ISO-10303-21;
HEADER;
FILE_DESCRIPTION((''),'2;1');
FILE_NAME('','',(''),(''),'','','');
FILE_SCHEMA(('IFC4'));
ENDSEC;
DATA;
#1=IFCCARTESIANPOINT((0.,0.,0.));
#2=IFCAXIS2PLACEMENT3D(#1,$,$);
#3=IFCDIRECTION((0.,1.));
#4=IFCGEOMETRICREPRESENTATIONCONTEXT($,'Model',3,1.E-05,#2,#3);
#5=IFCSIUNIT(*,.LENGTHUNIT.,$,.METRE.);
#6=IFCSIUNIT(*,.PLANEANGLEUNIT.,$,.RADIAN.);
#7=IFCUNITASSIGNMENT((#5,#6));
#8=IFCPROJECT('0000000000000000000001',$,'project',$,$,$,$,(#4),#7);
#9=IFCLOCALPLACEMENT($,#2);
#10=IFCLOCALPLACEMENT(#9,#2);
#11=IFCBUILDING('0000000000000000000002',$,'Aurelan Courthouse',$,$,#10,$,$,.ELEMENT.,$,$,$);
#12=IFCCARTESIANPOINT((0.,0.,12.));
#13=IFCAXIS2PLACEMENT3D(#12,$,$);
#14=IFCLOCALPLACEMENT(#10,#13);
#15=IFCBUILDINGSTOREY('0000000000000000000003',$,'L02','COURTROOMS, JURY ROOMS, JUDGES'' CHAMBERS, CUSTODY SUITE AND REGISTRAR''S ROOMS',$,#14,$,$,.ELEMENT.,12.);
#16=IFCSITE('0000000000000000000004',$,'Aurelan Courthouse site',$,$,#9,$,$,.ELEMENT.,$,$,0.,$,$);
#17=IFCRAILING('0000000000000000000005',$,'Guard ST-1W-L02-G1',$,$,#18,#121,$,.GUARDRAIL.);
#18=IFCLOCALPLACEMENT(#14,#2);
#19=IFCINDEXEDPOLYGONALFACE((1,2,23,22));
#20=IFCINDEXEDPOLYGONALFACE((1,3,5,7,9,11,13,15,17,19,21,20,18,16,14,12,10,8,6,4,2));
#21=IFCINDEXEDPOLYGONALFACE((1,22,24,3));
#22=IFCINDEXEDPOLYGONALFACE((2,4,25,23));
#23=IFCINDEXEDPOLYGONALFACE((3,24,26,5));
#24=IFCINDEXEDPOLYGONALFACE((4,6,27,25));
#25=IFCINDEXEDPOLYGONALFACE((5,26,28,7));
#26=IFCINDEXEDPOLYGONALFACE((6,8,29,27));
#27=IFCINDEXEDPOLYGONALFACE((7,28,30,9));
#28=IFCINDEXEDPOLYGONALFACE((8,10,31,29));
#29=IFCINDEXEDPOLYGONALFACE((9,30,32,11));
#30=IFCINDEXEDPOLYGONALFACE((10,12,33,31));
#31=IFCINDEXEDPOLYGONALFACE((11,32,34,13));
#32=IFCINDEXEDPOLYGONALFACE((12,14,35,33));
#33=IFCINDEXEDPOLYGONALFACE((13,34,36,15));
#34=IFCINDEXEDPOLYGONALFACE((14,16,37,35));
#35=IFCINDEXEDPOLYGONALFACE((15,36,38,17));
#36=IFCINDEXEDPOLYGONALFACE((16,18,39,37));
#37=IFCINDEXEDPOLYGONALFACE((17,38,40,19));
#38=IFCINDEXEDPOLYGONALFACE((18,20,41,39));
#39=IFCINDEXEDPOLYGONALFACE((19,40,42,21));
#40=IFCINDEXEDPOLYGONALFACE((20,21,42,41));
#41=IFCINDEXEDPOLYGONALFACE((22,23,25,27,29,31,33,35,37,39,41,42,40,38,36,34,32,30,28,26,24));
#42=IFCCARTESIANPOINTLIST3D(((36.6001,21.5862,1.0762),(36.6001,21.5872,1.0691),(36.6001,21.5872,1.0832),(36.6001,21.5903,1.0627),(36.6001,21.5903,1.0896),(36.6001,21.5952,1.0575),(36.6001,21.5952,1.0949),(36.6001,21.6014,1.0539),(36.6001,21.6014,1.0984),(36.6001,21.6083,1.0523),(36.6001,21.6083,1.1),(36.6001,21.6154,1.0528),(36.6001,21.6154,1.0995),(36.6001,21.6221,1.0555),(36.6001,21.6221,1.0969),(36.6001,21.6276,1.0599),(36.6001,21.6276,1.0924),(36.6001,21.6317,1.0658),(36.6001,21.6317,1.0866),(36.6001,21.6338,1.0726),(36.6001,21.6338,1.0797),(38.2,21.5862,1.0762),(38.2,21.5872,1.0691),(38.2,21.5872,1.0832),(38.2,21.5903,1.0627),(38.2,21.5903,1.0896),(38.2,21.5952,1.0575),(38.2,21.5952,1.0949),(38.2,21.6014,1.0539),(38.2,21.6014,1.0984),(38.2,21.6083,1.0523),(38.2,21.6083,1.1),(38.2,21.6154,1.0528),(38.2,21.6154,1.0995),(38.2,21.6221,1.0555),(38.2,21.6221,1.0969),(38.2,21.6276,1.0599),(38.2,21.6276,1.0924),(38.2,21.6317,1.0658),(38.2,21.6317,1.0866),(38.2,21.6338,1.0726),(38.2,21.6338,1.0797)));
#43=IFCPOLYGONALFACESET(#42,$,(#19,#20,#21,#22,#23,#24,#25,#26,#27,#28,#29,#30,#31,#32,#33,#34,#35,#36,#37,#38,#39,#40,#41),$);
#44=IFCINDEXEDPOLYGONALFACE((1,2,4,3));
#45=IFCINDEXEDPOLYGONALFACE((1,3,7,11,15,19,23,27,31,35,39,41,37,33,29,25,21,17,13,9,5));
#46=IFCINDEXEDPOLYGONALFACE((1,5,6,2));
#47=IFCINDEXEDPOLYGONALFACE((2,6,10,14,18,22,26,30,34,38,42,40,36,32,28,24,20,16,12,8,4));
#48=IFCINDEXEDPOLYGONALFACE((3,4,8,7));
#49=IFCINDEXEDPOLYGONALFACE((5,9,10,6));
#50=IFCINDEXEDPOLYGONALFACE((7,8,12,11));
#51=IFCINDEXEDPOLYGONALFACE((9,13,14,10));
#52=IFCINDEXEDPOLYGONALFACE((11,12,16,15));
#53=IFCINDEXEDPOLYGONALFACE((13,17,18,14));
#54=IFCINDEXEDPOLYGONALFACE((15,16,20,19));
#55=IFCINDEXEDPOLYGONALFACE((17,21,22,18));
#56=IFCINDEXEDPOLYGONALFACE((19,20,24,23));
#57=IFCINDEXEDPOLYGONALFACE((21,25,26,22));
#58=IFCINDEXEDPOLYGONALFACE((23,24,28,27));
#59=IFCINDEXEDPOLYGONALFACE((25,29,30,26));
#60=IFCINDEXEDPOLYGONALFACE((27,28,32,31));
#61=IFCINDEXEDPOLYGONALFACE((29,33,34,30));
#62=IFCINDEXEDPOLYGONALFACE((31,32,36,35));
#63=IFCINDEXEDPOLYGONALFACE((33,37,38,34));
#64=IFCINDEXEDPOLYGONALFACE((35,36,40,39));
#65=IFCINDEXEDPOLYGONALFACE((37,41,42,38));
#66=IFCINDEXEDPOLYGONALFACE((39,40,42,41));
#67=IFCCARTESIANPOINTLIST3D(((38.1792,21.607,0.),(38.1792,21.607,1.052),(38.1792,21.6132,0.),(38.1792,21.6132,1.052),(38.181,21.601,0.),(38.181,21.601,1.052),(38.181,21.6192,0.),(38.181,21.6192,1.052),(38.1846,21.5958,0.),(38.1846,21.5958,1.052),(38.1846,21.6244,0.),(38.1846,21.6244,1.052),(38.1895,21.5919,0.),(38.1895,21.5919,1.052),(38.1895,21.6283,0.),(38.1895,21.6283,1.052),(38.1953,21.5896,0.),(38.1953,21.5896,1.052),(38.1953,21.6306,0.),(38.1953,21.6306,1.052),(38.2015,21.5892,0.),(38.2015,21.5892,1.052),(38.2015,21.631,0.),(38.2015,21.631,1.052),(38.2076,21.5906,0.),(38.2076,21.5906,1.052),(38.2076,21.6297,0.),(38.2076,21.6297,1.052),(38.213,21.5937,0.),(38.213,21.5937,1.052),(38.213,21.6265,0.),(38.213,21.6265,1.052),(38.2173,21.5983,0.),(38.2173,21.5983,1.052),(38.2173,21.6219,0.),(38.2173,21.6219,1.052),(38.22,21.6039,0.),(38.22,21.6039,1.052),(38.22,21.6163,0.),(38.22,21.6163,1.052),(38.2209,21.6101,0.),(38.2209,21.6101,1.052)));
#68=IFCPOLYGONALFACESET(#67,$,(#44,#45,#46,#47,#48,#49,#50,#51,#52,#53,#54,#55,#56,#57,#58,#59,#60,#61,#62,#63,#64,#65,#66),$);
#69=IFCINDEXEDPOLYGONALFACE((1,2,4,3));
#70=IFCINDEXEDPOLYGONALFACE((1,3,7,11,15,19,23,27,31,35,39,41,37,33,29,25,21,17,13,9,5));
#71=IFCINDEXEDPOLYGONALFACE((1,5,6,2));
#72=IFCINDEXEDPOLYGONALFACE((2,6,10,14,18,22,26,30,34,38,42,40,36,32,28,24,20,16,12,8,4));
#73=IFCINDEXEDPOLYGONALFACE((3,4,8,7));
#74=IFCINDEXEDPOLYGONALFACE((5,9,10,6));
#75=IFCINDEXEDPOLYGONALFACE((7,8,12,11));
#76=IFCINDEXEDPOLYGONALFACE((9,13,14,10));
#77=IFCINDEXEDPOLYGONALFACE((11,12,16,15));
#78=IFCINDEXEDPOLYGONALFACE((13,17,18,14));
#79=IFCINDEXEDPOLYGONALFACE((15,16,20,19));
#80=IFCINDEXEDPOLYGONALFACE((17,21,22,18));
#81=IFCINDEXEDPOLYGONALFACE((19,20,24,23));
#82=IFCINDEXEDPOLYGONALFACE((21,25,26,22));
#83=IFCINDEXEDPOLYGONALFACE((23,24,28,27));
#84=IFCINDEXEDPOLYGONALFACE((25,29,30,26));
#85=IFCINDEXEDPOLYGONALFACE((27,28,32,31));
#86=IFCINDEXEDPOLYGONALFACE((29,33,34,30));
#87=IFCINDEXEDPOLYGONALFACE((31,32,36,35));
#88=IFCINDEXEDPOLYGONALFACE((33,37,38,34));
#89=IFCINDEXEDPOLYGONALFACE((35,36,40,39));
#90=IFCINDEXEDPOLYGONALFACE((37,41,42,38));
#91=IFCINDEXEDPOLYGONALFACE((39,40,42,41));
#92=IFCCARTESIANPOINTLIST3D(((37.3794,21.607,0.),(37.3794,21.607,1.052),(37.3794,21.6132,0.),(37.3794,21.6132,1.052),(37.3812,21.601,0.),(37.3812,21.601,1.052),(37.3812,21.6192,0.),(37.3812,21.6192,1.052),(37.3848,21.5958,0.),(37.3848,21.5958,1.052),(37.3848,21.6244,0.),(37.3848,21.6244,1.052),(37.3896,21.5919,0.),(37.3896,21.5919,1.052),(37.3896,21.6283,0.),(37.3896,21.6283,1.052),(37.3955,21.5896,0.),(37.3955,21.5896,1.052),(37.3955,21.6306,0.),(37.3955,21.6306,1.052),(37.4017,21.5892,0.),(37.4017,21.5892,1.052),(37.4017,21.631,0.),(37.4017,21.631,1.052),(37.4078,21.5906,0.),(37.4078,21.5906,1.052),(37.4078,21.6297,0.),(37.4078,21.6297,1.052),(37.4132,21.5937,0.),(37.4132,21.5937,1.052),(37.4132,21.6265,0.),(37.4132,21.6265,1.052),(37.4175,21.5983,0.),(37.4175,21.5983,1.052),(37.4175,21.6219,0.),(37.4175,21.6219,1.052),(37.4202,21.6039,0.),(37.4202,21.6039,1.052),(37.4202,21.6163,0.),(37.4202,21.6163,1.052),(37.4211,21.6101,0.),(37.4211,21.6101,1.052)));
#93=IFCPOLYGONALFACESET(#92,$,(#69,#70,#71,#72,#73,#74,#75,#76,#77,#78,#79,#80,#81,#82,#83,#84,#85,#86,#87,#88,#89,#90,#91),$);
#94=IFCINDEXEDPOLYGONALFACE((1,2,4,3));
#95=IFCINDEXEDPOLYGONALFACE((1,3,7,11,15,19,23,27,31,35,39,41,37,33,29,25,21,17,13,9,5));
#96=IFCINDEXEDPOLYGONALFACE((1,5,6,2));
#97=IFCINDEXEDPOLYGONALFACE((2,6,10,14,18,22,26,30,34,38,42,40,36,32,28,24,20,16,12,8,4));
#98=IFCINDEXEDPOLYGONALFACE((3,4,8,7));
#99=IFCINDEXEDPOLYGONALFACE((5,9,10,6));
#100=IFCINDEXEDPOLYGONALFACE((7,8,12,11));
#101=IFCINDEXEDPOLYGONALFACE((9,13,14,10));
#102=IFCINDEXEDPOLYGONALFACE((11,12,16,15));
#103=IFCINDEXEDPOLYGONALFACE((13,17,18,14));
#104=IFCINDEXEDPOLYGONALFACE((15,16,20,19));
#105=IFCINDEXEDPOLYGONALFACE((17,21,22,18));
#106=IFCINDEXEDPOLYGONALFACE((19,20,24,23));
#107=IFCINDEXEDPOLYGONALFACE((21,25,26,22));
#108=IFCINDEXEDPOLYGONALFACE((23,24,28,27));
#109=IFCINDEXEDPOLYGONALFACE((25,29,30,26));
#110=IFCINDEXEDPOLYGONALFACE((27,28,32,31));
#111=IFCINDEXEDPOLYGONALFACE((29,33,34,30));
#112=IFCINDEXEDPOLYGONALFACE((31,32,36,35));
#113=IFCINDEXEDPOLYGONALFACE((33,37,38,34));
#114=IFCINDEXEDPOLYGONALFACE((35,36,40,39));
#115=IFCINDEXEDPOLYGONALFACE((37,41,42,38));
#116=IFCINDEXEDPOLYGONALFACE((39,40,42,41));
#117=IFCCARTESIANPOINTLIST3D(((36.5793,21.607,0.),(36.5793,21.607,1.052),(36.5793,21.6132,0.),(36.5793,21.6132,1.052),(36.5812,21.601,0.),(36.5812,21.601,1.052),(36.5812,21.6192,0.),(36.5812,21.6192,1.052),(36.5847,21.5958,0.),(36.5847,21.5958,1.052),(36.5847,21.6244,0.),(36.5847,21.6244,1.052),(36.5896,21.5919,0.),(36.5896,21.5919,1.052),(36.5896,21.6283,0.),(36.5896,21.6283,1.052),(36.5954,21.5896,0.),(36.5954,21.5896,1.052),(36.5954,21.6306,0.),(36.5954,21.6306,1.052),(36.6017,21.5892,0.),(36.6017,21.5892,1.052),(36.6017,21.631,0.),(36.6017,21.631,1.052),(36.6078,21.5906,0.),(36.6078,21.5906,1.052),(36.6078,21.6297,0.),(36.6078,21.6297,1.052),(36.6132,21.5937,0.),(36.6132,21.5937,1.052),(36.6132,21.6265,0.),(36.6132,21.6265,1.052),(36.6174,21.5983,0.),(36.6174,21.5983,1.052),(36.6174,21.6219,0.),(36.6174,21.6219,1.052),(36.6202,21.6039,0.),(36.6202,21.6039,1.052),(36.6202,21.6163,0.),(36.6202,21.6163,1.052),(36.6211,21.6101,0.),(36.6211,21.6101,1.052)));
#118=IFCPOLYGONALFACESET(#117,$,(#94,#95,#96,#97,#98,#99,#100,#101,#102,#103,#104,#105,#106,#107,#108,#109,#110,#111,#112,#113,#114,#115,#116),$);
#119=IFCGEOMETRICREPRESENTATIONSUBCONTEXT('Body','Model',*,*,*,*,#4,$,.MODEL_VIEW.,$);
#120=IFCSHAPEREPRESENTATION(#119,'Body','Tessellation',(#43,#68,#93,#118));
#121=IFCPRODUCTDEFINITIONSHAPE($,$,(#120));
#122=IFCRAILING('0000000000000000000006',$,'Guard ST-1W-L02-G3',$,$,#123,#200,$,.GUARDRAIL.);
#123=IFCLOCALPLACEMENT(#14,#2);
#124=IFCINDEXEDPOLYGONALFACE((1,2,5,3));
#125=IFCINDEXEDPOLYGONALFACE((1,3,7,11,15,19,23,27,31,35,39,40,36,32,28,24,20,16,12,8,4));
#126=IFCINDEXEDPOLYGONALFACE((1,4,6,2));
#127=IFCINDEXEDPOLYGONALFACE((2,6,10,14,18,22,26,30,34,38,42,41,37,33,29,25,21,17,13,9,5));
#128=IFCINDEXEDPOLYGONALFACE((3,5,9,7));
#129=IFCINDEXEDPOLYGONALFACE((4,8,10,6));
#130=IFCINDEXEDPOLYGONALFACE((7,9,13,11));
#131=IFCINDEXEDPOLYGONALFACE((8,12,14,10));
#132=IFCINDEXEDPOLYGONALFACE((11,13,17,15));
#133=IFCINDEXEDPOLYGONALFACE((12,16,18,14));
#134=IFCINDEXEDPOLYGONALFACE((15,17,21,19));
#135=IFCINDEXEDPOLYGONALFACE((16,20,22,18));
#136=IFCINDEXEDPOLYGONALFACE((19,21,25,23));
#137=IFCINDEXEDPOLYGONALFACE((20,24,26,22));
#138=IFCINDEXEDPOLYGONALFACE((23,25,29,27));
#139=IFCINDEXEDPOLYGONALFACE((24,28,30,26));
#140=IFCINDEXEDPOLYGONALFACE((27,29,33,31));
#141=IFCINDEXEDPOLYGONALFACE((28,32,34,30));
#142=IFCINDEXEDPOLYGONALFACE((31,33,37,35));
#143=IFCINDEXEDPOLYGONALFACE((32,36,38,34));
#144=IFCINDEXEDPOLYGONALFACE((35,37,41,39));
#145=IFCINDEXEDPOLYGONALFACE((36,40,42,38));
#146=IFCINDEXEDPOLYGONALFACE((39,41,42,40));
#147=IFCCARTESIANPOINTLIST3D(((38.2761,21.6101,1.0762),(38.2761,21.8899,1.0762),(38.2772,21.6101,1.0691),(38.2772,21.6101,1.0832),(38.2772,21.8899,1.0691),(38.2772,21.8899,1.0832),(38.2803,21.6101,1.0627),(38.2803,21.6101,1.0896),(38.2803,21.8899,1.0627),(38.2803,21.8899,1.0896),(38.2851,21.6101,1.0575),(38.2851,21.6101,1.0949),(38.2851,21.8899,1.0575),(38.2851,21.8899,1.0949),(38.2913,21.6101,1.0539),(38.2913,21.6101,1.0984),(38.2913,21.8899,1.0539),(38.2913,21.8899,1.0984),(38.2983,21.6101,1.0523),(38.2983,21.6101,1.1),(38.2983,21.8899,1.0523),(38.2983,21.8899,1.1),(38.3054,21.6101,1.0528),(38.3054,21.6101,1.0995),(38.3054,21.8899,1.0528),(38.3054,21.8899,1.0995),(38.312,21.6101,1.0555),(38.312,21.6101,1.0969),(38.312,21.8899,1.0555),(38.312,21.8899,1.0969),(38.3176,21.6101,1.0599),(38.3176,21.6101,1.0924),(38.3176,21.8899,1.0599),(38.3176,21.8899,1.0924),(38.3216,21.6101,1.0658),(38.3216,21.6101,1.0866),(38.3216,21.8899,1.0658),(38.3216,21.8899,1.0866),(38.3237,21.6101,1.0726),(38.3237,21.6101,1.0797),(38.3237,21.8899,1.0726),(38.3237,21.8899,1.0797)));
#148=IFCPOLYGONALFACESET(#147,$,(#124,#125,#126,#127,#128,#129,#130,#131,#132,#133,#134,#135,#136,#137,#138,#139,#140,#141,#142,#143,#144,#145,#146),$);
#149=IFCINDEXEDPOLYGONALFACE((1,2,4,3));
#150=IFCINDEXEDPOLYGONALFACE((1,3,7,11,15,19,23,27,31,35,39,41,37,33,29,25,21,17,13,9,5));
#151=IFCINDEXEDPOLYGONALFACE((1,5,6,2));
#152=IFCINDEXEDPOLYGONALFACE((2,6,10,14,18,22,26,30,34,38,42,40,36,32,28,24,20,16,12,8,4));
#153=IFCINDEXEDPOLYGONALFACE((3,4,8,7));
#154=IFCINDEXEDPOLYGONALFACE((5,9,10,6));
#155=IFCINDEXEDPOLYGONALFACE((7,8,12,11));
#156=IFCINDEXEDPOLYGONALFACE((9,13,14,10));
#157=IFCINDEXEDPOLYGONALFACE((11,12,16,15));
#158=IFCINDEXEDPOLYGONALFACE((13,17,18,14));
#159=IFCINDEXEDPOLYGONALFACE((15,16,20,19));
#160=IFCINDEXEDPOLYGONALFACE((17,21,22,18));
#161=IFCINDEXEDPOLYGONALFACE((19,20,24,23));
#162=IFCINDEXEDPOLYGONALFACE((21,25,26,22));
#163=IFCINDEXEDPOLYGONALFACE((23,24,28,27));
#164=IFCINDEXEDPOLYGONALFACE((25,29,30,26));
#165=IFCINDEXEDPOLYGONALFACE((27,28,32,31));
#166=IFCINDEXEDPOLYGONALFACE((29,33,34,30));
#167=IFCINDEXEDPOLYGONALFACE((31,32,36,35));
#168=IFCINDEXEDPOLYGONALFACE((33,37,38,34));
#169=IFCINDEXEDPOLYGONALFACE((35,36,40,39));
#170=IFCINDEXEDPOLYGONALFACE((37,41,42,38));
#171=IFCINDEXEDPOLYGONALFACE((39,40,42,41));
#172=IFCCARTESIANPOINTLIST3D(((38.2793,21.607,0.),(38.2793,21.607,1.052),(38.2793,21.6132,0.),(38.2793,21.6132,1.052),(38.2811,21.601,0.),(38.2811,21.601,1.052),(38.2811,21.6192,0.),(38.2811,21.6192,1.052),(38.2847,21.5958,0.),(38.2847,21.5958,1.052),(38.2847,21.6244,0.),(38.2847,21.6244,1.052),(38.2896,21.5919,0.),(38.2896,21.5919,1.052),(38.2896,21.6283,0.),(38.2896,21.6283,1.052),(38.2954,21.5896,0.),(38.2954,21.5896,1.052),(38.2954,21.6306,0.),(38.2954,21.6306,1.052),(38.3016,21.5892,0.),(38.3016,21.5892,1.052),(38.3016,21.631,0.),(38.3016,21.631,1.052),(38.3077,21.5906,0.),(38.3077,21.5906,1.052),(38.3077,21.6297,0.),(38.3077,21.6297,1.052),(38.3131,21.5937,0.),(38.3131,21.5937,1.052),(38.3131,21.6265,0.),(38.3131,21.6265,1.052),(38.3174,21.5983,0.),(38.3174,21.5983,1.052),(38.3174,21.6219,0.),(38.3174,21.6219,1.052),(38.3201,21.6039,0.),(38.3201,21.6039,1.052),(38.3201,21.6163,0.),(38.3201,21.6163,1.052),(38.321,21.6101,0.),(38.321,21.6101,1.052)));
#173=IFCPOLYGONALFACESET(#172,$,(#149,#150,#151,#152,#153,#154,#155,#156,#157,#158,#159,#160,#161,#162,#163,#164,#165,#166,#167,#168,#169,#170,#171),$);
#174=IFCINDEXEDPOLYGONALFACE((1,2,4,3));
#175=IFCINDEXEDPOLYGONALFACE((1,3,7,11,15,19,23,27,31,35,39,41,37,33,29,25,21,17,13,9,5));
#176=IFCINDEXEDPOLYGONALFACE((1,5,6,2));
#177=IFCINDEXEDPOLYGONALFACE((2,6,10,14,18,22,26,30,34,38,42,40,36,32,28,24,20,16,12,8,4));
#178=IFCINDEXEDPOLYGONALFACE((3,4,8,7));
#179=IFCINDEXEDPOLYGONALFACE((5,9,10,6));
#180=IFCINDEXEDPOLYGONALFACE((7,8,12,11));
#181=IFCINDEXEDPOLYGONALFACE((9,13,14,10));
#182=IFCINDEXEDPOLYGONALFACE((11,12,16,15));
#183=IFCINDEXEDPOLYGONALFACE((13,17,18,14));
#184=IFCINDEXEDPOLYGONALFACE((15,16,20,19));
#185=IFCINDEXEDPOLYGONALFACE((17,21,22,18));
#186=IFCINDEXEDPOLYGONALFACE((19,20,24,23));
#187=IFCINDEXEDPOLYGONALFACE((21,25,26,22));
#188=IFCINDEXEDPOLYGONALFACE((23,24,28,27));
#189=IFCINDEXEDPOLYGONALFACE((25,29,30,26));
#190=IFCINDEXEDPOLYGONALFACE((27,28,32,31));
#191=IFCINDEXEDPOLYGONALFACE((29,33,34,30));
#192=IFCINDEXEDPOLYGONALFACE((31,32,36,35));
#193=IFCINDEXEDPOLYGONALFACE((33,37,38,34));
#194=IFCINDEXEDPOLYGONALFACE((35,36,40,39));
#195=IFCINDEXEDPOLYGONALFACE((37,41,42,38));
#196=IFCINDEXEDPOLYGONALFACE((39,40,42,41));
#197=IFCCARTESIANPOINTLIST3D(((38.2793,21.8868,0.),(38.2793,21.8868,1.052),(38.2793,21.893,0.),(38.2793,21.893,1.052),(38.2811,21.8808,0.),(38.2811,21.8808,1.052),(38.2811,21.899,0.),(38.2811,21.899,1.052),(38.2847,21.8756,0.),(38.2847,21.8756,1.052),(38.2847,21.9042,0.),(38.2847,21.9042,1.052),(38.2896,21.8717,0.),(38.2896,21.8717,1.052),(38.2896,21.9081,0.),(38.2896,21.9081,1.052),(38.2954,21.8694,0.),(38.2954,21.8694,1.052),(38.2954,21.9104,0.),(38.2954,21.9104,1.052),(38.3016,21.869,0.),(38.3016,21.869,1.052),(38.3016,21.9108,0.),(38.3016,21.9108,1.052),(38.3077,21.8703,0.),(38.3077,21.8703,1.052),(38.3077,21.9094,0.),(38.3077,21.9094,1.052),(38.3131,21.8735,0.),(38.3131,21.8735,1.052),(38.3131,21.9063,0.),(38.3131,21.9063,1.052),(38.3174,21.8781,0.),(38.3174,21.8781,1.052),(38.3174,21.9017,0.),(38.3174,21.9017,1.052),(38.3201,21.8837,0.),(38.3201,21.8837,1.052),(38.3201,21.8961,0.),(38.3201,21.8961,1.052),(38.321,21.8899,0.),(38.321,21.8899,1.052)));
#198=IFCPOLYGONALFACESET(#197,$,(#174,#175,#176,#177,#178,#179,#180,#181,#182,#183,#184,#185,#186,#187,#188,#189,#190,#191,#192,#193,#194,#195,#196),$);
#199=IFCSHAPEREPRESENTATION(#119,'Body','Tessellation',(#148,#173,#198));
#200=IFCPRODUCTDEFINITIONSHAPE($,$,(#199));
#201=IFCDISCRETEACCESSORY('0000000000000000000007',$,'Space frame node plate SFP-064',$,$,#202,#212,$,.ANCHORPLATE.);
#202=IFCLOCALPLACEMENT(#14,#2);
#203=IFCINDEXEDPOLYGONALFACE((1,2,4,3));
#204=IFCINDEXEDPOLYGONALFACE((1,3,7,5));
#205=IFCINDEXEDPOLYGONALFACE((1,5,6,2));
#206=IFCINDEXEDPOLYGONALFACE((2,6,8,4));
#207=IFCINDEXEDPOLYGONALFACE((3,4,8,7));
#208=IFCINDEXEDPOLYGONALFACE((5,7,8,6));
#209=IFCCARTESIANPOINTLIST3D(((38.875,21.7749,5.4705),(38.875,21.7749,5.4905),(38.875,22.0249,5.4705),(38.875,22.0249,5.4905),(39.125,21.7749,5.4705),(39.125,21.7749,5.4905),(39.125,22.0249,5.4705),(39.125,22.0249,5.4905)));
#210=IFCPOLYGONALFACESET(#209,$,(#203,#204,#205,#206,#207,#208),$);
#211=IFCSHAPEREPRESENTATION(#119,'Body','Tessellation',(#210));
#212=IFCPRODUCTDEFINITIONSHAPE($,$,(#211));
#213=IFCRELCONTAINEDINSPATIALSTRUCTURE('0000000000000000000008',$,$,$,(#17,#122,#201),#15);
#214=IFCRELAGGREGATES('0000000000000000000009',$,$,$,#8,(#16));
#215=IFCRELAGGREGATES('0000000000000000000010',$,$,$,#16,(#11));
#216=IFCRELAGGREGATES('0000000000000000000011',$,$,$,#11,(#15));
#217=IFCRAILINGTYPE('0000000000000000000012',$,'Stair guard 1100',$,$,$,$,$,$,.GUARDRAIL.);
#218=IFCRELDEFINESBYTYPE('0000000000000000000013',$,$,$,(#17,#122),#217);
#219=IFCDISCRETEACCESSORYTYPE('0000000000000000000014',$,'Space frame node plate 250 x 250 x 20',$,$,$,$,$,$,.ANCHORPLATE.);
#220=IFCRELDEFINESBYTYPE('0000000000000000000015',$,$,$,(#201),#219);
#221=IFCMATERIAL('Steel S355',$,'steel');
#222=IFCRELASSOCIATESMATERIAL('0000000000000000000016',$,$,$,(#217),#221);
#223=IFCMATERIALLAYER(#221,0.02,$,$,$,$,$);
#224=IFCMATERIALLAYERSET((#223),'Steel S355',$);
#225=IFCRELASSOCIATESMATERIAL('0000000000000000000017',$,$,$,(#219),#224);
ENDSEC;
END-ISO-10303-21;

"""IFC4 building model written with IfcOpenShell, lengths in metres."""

from ifc_helpers import new_model, si_unit, direction, frame, origin, origin_2d, place, context, subcontext, project, spatial, rectangle, circle, extrude, material, layer, layer_set, type_object, element, save


model = new_model("IFC4")

# Units and contexts
model_context = context("Model", 3, precision=1e-05, world=origin(), true_north=direction((0.0, 1.0)))
body_context = subcontext(model_context, "Body", "Model", "MODEL_VIEW")
ifc_project = project(units=[si_unit("LENGTHUNIT", "METRE"), si_unit("PLANEANGLEUNIT", "RADIAN")], contexts=[model_context])

# Site, building, storey
site_placement = place(None, origin())
site = spatial("IfcSite", under=ifc_project, at=site_placement, Name="Aurelan Courthouse site", CompositionType="ELEMENT", RefElevation=0.0)
building_placement = place(site_placement, origin())
building = spatial("IfcBuilding", under=site, at=building_placement, Name="Aurelan Courthouse", CompositionType="ELEMENT")
storey_placement = place(building_placement, frame((0.0, 0.0, 12.0)))
storey = spatial("IfcBuildingStorey", under=building, at=storey_placement, Name="L02", Description="COURTROOMS, JURY ROOMS, JUDGES' CHAMBERS, CUSTODY SUITE AND REGISTRAR'S ROOMS", CompositionType="ELEMENT", Elevation=12.0)

# Shared definitions
ifc_material_1 = material(Name="Steel S355", Category="steel")

# Railings
railing_type = type_object("IfcRailingType", Name="Stair guard 1100", PredefinedType="GUARDRAIL", material=ifc_material_1)
railing_1_placement = place(storey_placement, frame((38.2, 21.6101, 0.0)))
element("IfcRailing", 1, at=railing_1_placement, inside=storey, type_object=railing_type, Name="Guard ST-1W-L02-G1", PredefinedType="GUARDRAIL", context=body_context, shape_type="SweptSolid", body=[
    extrude(circle(Radius=0.0239, at=origin_2d()), frame((0.0, 0.0, 1.0762), z_axis=(-1.0, 0.0, 0.0), x_axis=(0.0, -1.0, 0.0)), (0.0, 0.0, 1.0), 1.5999),
    extrude(circle(Radius=0.021, at=origin_2d()), origin(), (0.0, 0.0, 1.0), 1.052),
    extrude(circle(Radius=0.021, at=origin_2d()), frame((-0.7998, 0.0, 0.0)), (0.0, 0.0, 1.0), 1.052),
    extrude(circle(Radius=0.021, at=origin_2d()), frame((-1.5999, 0.0, 0.0)), (0.0, 0.0, 1.0), 1.052),
])
railing_2_placement = place(storey_placement, frame((38.3, 21.6101, 0.0)))
element("IfcRailing", 2, at=railing_2_placement, inside=storey, type_object=railing_type, Name="Guard ST-1W-L02-G3", PredefinedType="GUARDRAIL", context=body_context, shape_type="SweptSolid", body=[
    extrude(circle(Radius=0.0239, at=origin_2d()), frame((0.0, 0.0, 1.0762), z_axis=(0.0, 1.0, 0.0), x_axis=(-1.0, 0.0, 0.0)), (0.0, 0.0, 1.0), 0.2798),
    extrude(circle(Radius=0.021, at=origin_2d()), origin(), (0.0, 0.0, 1.0), 1.052),
    extrude(circle(Radius=0.021, at=origin_2d()), frame((0.0, 0.2798, 0.0)), (0.0, 0.0, 1.0), 1.052),
])

# Discrete accessory
ifc_layer_1 = layer(ifc_material_1, 0.02)
ifc_layer_set_1 = layer_set([ifc_layer_1], Name="Steel S355")
discrete_accessory_type = type_object("IfcDiscreteAccessoryType", Name="Space frame node plate 250 x 250 x 20", PredefinedType="ANCHORPLATE", material=ifc_layer_set_1)
for number, where, z_axis, x_axis, name in (
    (3, (39.0, 21.8999, 5.4705), (0.0, 0.0, 1.0), (1.0, 0.0, 0.0), "Space frame node plate SFP-064"),
):
    element("IfcDiscreteAccessory", number, at=place(storey_placement, frame(where, z_axis=z_axis, x_axis=x_axis)), inside=storey, type_object=discrete_accessory_type, Name=name, PredefinedType="ANCHORPLATE", context=body_context, shape_type="SweptSolid", body=[
        extrude(rectangle(XDim=0.25, YDim=0.25, at=origin_2d()), origin(), (0.0, 0.0, 1.0), 0.02),
    ])

save(model, "model.ifc")
